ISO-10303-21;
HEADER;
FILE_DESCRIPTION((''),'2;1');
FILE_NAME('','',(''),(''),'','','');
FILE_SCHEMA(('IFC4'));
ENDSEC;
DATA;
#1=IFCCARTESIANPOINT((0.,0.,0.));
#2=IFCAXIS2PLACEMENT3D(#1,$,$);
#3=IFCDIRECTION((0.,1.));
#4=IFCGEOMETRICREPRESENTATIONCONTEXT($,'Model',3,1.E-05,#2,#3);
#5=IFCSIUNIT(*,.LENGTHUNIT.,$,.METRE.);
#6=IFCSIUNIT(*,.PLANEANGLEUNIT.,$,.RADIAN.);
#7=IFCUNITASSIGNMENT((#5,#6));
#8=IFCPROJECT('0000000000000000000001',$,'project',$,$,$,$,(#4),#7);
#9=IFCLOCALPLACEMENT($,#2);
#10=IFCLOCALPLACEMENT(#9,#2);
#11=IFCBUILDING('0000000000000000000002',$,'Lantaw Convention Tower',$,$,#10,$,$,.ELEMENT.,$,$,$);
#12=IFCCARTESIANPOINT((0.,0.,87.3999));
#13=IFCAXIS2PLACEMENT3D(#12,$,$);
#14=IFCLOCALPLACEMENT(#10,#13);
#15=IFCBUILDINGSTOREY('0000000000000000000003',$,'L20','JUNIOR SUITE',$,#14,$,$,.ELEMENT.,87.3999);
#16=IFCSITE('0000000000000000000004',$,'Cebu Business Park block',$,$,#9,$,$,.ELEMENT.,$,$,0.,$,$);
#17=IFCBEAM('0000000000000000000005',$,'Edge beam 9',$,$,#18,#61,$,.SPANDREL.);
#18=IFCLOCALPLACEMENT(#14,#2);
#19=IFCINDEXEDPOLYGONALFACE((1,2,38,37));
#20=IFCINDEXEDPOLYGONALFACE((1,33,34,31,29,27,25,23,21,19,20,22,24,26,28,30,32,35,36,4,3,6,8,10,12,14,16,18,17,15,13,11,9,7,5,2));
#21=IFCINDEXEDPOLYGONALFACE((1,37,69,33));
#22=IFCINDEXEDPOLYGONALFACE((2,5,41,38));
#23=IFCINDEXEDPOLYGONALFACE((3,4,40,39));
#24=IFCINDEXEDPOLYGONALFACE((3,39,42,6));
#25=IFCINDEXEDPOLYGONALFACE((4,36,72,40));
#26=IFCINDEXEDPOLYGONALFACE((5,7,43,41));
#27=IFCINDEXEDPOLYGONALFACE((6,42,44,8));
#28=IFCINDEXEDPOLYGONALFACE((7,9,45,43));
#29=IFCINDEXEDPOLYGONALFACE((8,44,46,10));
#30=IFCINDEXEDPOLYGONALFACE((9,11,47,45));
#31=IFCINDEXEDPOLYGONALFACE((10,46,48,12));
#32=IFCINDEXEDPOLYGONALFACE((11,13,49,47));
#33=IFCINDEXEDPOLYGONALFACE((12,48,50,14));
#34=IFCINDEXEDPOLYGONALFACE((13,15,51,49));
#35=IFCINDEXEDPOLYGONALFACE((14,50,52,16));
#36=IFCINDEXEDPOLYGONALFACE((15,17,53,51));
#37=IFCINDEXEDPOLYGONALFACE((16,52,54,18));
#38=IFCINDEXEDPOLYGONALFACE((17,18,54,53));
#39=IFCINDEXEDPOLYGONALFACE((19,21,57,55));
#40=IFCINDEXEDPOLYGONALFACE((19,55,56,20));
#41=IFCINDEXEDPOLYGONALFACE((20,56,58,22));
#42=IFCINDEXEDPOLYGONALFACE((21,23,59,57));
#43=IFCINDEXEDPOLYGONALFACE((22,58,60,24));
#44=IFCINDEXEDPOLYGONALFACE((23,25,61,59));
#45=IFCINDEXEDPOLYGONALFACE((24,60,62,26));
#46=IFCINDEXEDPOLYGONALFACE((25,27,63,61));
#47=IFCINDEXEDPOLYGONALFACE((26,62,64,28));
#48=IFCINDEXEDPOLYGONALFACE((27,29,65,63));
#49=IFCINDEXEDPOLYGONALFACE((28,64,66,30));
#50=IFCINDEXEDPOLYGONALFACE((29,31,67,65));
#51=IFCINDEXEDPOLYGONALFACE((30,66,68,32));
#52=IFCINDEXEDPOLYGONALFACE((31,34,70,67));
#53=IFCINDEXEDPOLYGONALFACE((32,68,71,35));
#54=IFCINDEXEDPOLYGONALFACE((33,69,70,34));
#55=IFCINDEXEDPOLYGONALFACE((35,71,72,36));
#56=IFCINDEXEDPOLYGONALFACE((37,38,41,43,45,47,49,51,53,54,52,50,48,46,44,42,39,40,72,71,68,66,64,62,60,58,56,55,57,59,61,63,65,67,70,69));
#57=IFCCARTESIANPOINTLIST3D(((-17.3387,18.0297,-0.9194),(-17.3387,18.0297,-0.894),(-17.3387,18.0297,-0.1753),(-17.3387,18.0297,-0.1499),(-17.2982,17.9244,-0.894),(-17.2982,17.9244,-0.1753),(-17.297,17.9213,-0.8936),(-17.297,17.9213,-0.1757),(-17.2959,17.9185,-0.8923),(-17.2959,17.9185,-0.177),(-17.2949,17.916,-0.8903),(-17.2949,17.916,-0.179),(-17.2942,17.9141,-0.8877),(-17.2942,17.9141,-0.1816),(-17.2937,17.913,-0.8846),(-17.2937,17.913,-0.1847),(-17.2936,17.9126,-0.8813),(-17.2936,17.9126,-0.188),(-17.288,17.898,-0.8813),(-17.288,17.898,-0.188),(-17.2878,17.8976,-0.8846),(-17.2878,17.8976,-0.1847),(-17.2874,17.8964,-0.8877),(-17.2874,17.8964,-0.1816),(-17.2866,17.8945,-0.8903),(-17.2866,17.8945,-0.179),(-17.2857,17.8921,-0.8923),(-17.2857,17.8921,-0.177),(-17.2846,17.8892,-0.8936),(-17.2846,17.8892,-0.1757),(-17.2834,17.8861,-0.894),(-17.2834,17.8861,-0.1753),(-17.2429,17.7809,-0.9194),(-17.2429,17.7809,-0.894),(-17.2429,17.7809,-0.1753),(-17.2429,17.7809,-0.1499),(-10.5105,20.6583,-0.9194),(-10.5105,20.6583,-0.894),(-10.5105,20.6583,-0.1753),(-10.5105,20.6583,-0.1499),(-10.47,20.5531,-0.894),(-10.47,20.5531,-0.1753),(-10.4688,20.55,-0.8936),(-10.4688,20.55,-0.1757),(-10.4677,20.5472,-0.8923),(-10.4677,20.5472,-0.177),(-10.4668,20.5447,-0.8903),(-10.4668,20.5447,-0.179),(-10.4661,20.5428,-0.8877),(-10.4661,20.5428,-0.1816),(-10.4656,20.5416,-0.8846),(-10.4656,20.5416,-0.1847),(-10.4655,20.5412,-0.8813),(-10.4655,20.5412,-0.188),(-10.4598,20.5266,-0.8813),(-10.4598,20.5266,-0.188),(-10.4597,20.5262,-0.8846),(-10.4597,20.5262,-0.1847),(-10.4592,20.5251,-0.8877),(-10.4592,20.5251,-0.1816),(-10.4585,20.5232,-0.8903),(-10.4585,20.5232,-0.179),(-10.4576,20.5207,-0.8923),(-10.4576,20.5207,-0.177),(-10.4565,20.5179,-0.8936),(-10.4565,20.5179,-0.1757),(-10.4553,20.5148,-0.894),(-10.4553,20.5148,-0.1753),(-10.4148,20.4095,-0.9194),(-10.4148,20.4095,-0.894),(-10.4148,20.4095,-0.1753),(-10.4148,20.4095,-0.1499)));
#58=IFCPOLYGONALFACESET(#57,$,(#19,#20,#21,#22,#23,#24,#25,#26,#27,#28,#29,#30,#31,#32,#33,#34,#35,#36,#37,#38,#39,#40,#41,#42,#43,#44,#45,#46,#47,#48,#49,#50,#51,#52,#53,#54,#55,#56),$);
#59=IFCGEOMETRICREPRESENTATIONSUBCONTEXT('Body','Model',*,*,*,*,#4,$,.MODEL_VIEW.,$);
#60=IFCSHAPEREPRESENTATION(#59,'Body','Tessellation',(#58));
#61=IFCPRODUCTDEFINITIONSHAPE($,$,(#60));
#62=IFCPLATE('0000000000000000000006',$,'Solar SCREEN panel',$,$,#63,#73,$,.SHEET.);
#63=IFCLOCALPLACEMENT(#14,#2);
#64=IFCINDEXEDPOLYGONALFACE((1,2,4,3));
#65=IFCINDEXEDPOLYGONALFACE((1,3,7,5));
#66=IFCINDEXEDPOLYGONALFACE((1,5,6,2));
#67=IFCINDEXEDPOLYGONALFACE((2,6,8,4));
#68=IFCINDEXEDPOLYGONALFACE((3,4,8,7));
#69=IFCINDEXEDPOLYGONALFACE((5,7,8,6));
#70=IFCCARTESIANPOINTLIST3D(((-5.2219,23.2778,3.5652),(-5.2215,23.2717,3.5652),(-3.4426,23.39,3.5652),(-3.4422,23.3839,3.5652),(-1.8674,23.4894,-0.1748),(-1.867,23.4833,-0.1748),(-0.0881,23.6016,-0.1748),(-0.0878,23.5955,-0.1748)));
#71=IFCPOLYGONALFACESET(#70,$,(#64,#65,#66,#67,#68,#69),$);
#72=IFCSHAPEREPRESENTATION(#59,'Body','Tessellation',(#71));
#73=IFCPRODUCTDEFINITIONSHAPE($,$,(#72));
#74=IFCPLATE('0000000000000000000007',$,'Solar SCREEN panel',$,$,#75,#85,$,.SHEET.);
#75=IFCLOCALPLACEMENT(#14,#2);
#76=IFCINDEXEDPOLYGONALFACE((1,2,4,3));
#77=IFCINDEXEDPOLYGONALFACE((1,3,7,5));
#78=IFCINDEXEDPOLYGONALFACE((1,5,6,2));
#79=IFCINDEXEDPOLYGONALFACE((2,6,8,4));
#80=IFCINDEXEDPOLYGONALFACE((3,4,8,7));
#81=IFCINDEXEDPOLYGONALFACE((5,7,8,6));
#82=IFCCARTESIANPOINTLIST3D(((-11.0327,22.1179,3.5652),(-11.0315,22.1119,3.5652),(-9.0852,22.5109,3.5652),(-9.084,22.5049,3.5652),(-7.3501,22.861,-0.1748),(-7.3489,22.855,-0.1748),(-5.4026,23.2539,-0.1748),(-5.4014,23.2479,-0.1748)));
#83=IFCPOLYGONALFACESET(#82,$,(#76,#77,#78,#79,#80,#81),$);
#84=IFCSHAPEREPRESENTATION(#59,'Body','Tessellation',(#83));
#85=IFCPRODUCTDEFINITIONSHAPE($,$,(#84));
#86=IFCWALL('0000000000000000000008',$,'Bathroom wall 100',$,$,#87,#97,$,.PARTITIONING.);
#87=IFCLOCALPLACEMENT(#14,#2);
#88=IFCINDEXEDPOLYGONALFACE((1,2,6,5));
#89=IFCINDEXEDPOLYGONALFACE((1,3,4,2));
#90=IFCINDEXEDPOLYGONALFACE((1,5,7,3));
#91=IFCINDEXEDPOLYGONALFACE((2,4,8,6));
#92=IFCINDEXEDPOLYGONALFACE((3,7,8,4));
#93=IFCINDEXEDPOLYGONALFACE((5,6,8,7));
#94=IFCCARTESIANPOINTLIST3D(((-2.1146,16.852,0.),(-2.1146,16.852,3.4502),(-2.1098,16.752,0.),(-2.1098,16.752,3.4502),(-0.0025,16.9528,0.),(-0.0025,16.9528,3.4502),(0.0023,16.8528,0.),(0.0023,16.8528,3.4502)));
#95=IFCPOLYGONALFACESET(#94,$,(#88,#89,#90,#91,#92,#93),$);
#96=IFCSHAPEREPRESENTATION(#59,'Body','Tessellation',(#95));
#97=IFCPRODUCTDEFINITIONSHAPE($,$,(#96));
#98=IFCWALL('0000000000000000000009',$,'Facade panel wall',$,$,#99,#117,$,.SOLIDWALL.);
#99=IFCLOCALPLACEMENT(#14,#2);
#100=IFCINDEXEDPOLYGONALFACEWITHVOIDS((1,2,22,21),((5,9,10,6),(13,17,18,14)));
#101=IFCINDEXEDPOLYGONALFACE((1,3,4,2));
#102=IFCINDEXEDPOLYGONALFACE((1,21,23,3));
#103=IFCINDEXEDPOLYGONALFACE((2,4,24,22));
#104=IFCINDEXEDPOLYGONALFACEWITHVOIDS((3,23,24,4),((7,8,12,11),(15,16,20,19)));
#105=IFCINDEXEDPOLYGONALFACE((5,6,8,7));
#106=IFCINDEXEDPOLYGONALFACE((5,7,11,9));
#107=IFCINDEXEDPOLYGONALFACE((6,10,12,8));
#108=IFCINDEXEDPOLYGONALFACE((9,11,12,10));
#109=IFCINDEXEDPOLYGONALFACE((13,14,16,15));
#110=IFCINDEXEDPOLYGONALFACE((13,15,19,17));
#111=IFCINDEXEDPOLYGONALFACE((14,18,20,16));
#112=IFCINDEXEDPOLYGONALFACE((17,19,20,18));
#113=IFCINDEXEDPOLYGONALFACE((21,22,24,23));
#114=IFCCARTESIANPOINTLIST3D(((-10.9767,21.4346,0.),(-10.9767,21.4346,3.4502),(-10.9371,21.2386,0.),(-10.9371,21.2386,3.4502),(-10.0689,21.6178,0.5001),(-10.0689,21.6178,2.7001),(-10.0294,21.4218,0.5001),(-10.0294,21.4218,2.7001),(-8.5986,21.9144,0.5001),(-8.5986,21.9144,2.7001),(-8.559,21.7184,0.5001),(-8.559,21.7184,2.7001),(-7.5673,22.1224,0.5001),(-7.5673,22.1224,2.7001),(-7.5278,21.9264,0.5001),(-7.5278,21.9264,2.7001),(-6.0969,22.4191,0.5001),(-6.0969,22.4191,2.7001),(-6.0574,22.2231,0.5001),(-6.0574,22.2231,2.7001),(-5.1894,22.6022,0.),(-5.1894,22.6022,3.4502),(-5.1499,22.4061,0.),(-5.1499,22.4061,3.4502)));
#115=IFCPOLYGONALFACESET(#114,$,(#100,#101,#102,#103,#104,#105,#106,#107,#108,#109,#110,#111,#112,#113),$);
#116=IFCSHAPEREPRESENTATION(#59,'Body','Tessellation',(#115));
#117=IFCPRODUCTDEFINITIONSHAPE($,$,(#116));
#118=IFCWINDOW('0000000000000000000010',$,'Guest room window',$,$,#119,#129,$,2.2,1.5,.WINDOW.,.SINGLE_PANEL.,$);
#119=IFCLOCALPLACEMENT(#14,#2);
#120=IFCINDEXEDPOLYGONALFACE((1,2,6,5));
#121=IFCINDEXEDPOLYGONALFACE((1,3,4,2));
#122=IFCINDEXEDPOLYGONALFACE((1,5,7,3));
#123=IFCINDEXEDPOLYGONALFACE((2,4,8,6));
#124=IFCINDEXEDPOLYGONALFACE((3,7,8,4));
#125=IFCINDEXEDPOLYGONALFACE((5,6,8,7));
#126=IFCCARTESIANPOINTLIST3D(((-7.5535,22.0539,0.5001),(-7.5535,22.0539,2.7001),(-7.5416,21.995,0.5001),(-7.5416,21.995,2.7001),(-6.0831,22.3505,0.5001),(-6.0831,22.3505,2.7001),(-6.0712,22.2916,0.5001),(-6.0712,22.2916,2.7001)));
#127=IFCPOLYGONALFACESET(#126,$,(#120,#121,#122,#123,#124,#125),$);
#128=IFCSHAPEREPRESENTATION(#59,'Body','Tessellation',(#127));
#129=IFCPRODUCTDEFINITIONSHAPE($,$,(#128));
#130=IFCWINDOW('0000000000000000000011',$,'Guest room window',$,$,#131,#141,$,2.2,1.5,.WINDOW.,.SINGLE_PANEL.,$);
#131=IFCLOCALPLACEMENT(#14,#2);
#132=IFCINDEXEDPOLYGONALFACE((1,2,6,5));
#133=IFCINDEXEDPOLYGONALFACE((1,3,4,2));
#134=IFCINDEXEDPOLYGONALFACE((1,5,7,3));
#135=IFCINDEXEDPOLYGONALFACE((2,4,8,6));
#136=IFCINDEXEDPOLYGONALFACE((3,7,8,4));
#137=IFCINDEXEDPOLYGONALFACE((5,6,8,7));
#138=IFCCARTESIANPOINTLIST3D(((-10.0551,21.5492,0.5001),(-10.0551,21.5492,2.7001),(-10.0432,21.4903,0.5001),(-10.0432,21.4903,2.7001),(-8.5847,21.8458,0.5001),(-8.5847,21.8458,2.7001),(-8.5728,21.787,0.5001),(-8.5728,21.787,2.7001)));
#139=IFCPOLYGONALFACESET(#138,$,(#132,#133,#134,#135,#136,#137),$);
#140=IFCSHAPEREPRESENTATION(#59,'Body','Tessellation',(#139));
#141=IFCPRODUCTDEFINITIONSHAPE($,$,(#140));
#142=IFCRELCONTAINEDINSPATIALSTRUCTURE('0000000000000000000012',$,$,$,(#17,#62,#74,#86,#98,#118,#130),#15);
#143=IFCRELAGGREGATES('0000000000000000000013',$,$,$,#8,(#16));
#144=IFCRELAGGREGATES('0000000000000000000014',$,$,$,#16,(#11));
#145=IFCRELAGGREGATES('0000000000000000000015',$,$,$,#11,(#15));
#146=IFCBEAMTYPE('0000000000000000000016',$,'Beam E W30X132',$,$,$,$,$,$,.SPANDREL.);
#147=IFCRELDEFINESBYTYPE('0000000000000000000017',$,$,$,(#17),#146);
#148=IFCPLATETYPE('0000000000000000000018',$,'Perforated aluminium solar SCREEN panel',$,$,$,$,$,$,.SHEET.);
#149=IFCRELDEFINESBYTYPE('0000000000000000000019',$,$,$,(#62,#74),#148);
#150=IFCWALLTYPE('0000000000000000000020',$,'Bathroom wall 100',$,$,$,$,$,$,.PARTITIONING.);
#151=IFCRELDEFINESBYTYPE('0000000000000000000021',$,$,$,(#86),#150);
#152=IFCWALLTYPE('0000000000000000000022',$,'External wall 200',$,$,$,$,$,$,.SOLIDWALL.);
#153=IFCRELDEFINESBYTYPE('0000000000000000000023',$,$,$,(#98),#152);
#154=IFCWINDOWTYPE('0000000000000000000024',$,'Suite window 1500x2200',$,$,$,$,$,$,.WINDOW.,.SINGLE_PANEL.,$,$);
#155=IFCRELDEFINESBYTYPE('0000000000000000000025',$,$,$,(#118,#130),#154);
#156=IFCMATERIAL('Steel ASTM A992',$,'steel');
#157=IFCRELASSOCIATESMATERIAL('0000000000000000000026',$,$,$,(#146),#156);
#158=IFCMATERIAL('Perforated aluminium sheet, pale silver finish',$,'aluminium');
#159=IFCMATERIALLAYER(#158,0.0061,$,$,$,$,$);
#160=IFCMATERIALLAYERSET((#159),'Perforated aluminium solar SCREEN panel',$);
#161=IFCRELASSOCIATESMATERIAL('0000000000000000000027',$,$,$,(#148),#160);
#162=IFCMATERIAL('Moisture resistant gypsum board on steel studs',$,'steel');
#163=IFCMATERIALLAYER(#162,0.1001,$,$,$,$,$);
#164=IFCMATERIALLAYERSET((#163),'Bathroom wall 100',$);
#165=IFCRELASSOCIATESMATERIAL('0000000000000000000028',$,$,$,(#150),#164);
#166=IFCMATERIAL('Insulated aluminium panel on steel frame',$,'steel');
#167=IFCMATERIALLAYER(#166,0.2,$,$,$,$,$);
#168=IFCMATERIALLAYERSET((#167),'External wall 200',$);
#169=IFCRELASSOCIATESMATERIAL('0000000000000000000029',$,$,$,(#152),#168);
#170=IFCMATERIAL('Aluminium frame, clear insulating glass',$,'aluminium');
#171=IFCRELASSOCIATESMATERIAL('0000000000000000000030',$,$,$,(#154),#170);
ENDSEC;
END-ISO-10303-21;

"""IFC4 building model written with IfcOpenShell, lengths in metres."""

from ifc_helpers import new_model, si_unit, direction, frame, frame_2d, origin, origin_2d, place, context, subcontext, project, spatial, polyline, rectangle, i_section, outline, extrude, material, layer, layer_set, material_profile, profile_set, type_object, element, fill, save


model = new_model("IFC4")

# Units and contexts
model_context = context("Model", 3, precision=1e-05, world=origin(), true_north=direction((0.0, 1.0)))
body_context = subcontext(model_context, "Body", "Model", "MODEL_VIEW")
ifc_project = project(units=[si_unit("LENGTHUNIT", "METRE"), si_unit("PLANEANGLEUNIT", "RADIAN")], contexts=[model_context])

# Site, building, storey
site_placement = place(None, origin())
site = spatial("IfcSite", under=ifc_project, at=site_placement, Name="Cebu Business Park block", CompositionType="ELEMENT", RefElevation=0.0)
building_placement = place(site_placement, origin())
building = spatial("IfcBuilding", under=site, at=building_placement, Name="Lantaw Convention Tower", CompositionType="ELEMENT")
storey_placement = place(building_placement, frame((0.0, 0.0, 87.3999)))
storey = spatial("IfcBuildingStorey", under=building, at=storey_placement, Name="L20", Description="JUNIOR SUITE", CompositionType="ELEMENT", Elevation=87.3999)

# Beam
ifc_material_1 = material(Name="Steel ASTM A992", Category="steel")
ifc_material_profile_1 = material_profile(ifc_material_1, i_section(OverallWidth=0.2666, OverallDepth=0.7695, WebThickness=0.0156, FlangeThickness=0.0254, FilletRadius=0.0127, at=origin_2d()), Name="W30X132")
ifc_profile_set_1 = profile_set([ifc_material_profile_1], Name="Steel ASTM A992")
beam_type = type_object("IfcBeamType", Name="Beam E W30X132", PredefinedType="SPANDREL", material=ifc_profile_set_1)
beam_1_placement = place(storey_placement, frame((-10.4626, 20.5339, -0.5347), z_axis=(-0.933233, -0.359272, 0.0), x_axis=(0.359272, -0.933233, 0.0)))
element("IfcBeam", 1, at=beam_1_placement, inside=storey, type_object=beam_type, Name="Edge beam 9", PredefinedType="SPANDREL", context=body_context, shape_type="SweptSolid", body=[
    extrude(i_section(OverallWidth=0.2666, OverallDepth=0.7695, WebThickness=0.0156, FlangeThickness=0.0254, FilletRadius=0.0127, at=origin_2d()), origin(), (0.0, 0.0, 1.0), 7.3167),
])

# Plates
ifc_material_2 = material(Name="Perforated aluminium sheet, pale silver finish", Category="aluminium")
ifc_layer_1 = layer(ifc_material_2, 0.0061)
ifc_layer_set_1 = layer_set([ifc_layer_1], Name="Perforated aluminium solar SCREEN panel")
plate_type = type_object("IfcPlateType", Name="Perforated aluminium solar SCREEN panel", PredefinedType="SHEET", material=ifc_layer_set_1)
plate_1_placement = place(storey_placement, frame((-0.0881, 23.6016, -0.1748), z_axis=(-0.062924, 0.998018, 0.000014), x_axis=(-0.998018, -0.062924, 0.0)))
element("IfcPlate", 2, at=plate_1_placement, inside=storey, type_object=plate_type, Name="Solar SCREEN panel", PredefinedType="SHEET", context=body_context, shape_type="SweptSolid", body=[
    extrude(outline(polyline([(0.0, 0.0), (1.7828, 0.0), (5.144, 3.74), (3.3611, 3.74), (0.0, 0.0)])), origin(), (0.0, 0.0, -1.0), 0.0061),
])
plate_2_placement = place(storey_placement, frame((-5.4026, 23.2539, -0.1748), z_axis=(-0.197782, 0.980246, 0.000002), x_axis=(-0.980246, -0.197782, 0.0)))
element("IfcPlate", 3, at=plate_2_placement, inside=storey, type_object=plate_type, Name="Solar SCREEN panel", PredefinedType="SHEET", context=body_context, shape_type="SweptSolid", body=[
    extrude(outline(polyline([(0.0, 0.0), (1.9867, 0.0), (5.7436, 3.74), (3.7568, 3.74), (0.0, 0.0)])), origin(), (0.0, 0.0, -1.0), 0.0061),
])

# Wall
ifc_material_3 = material(Name="Moisture resistant gypsum board on steel studs", Category="steel")
ifc_layer_2 = layer(ifc_material_3, 0.1001)
ifc_layer_set_2 = layer_set([ifc_layer_2], Name="Bathroom wall 100")
wall_type_1 = type_object("IfcWallType", Name="Bathroom wall 100", PredefinedType="PARTITIONING", material=ifc_layer_set_2)
wall_1_placement = place(storey_placement, frame((-2.1121, 16.802, 0.0), z_axis=(0.0, 0.0, 1.0), x_axis=(0.998862, 0.047686, 0.0)))
element("IfcWall", 4, at=wall_1_placement, inside=storey, type_object=wall_type_1, Name="Bathroom wall 100", PredefinedType="PARTITIONING", context=body_context, shape_type="SweptSolid", body=[
    extrude(rectangle(XDim=2.1145, YDim=0.1001, at=frame_2d((1.0571, 0.0))), origin(), (0.0, 0.0, 1.0), 3.4502),
])

# Wall, openings, windows
ifc_material_4 = material(Name="Insulated aluminium panel on steel frame", Category="steel")
ifc_layer_3 = layer(ifc_material_4, 0.2)
ifc_layer_set_3 = layer_set([ifc_layer_3], Name="External wall 200")
wall_type_2 = type_object("IfcWallType", Name="External wall 200", PredefinedType="SOLIDWALL", material=ifc_layer_set_3)
wall_2_placement = place(storey_placement, frame((-5.1697, 22.5042, 0.0), z_axis=(0.0, 0.0, 1.0), x_axis=(-0.980252, -0.197754, 0.0)))
wall_2 = element("IfcWall", 5, at=wall_2_placement, inside=storey, type_object=wall_type_2, Name="Facade panel wall", PredefinedType="SOLIDWALL", context=body_context, shape_type="SweptSolid", body=[
    extrude(rectangle(XDim=5.9038, YDim=0.2, at=frame_2d((2.9519, 0.0))), origin(), (0.0, 0.0, 1.0), 3.4502),
])
opening_1_placement = place(wall_2_placement, frame((0.9258, 0.0, 0.5)))
opening_1 = element("IfcOpeningElement", 6, at=opening_1_placement, cuts=wall_2, PredefinedType="OPENING", context=body_context, shape_type="SweptSolid", body=[
    extrude(rectangle(XDim=1.5, YDim=2.2, at=frame_2d((0.75, 1.1001))), frame((0.0, 0.1099, 0.0), z_axis=(0.0, -1.0, 0.0), x_axis=(1.0, 0.0, 0.0)), (0.0, 0.0, 1.0), 0.22),
])
opening_2_placement = place(wall_2_placement, frame((3.4778, 0.0, 0.5)))
opening_2 = element("IfcOpeningElement", 7, at=opening_2_placement, cuts=wall_2, PredefinedType="OPENING", context=body_context, shape_type="SweptSolid", body=[
    extrude(rectangle(XDim=1.5, YDim=2.2, at=frame_2d((0.75, 1.1001))), frame((0.0, 0.1099, 0.0), z_axis=(0.0, -1.0, 0.0), x_axis=(1.0, 0.0, 0.0)), (0.0, 0.0, 1.0), 0.22),
])
ifc_material_5 = material(Name="Aluminium frame, clear insulating glass", Category="aluminium")
window_type = type_object("IfcWindowType", Name="Suite window 1500x2200", PartitioningType="SINGLE_PANEL", PredefinedType="WINDOW", material=ifc_material_5)
window_1_placement = place(opening_1_placement, origin())
window_1 = element("IfcWindow", 8, at=window_1_placement, inside=storey, type_object=window_type, Name="Guest room window", OverallHeight=2.2, OverallWidth=1.5, PartitioningType="SINGLE_PANEL", PredefinedType="WINDOW", context=body_context, shape_type="SweptSolid", body=[
    extrude(rectangle(XDim=1.5, YDim=2.2, at=frame_2d((0.75, 1.1001))), frame((0.0, 0.03, 0.0), z_axis=(0.0, -1.0, 0.0), x_axis=(1.0, 0.0, 0.0)), (0.0, 0.0, 1.0), 0.0601),
])
fill(opening_1, window_1)
window_2_placement = place(opening_2_placement, origin())
window_2 = element("IfcWindow", 9, at=window_2_placement, inside=storey, type_object=window_type, Name="Guest room window", OverallHeight=2.2, OverallWidth=1.5, PartitioningType="SINGLE_PANEL", PredefinedType="WINDOW", context=body_context, shape_type="SweptSolid", body=[
    extrude(rectangle(XDim=1.5, YDim=2.2, at=frame_2d((0.75, 1.1001))), frame((0.0, 0.03, 0.0), z_axis=(0.0, -1.0, 0.0), x_axis=(1.0, 0.0, 0.0)), (0.0, 0.0, 1.0), 0.0601),
])
fill(opening_2, window_2)

save(model, "model.ifc")
